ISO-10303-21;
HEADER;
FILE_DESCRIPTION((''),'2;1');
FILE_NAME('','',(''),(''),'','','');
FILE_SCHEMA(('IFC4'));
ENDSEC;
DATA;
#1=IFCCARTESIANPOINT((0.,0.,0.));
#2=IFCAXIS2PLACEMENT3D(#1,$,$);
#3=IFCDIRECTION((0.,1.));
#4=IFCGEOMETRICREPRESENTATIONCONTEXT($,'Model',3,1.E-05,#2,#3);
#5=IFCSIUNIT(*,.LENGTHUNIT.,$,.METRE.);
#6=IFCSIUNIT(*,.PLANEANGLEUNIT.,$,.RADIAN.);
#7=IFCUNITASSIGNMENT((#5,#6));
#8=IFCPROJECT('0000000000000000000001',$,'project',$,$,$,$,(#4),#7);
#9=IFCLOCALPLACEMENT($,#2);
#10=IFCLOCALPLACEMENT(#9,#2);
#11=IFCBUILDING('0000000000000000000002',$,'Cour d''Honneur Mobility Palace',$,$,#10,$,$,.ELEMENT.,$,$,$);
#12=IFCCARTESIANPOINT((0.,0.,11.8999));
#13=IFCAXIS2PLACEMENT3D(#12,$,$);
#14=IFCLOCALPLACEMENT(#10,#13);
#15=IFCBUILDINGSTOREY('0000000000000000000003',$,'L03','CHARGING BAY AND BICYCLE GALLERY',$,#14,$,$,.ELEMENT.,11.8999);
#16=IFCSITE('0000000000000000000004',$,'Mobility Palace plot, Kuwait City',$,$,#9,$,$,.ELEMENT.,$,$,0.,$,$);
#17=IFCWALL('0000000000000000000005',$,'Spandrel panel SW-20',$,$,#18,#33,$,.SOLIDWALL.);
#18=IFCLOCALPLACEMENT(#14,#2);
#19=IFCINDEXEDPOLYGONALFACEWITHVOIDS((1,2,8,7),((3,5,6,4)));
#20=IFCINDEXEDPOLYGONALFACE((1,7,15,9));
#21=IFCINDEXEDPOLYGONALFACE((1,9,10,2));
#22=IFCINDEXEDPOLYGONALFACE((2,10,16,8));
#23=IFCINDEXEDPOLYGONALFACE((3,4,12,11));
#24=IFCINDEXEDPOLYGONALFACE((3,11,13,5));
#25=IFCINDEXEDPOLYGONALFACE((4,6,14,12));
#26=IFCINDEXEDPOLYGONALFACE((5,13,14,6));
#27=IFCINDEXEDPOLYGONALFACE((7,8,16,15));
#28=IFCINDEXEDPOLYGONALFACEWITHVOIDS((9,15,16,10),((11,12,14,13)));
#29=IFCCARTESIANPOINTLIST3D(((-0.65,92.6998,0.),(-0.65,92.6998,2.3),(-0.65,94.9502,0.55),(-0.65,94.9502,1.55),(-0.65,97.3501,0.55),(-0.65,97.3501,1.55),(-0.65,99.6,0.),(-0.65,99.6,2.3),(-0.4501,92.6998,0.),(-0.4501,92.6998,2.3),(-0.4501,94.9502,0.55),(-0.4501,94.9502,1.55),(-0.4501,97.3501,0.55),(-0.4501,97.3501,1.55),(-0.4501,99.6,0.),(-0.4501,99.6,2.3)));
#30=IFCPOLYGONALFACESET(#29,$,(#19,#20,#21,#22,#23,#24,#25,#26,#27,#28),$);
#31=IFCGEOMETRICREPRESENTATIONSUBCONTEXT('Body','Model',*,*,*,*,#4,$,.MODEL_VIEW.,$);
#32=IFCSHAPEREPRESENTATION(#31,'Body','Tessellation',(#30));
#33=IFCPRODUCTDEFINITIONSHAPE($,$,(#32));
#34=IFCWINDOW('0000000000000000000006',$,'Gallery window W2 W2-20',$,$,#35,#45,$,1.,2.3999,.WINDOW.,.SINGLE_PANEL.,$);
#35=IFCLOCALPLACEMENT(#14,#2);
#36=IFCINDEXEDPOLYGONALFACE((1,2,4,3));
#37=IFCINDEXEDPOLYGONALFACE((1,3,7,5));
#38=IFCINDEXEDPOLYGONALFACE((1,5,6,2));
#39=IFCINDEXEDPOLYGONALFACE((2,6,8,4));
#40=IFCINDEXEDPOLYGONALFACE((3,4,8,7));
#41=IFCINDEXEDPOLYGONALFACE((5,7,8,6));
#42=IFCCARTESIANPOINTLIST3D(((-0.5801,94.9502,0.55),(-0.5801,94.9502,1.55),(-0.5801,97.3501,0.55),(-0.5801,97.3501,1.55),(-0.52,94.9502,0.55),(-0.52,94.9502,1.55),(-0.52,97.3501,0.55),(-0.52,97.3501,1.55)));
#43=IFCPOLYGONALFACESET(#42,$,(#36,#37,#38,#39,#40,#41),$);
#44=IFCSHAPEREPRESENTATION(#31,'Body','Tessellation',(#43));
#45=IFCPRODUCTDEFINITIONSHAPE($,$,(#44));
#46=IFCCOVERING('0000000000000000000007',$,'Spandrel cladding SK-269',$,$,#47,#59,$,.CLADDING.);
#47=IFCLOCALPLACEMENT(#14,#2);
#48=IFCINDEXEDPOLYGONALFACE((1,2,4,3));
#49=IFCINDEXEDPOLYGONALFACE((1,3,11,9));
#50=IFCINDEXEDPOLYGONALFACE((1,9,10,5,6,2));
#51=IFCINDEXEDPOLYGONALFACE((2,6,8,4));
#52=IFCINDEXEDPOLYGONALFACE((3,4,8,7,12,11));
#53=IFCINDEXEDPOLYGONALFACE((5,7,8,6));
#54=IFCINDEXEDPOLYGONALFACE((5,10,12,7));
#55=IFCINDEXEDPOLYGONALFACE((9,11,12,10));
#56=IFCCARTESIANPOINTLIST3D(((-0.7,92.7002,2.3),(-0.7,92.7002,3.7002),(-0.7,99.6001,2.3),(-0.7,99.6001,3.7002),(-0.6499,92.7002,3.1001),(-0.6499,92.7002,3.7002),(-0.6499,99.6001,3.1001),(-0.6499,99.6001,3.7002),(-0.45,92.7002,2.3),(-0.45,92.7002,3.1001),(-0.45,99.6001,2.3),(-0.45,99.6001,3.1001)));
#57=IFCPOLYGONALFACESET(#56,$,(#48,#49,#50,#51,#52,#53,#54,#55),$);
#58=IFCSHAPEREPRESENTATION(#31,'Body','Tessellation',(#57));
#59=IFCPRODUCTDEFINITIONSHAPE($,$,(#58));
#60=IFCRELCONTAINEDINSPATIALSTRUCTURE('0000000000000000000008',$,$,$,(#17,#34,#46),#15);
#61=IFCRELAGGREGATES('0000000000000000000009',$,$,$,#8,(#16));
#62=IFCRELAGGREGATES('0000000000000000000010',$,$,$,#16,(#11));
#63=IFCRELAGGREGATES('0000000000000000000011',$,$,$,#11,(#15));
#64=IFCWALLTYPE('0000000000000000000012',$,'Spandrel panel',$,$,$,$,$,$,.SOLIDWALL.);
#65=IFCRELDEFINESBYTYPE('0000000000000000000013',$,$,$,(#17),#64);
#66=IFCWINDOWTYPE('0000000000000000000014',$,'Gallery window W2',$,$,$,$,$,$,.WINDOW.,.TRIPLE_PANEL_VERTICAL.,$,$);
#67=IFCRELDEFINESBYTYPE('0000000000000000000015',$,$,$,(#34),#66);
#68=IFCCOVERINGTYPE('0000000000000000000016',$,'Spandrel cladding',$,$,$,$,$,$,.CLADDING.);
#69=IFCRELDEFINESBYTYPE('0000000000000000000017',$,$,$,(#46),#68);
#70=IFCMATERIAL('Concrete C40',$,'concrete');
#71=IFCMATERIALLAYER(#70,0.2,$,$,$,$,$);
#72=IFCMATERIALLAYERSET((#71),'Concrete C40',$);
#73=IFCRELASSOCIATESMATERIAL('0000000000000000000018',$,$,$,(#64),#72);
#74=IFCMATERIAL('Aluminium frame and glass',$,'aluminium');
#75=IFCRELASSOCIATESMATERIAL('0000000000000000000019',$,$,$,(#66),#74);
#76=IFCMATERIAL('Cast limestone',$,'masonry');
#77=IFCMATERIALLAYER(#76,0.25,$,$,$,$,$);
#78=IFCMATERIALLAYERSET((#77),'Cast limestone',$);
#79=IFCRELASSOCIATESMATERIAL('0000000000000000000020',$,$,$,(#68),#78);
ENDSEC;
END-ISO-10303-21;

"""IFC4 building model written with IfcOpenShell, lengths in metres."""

from ifc_helpers import new_model, si_unit, direction, frame, frame_2d, origin, place, context, subcontext, project, spatial, polyline, rectangle, outline, extrude, material, layer, layer_set, type_object, element, fill, save


model = new_model("IFC4")

# Units and contexts
model_context = context("Model", 3, precision=1e-05, world=origin(), true_north=direction((0.0, 1.0)))
body_context = subcontext(model_context, "Body", "Model", "MODEL_VIEW")
ifc_project = project(units=[si_unit("LENGTHUNIT", "METRE"), si_unit("PLANEANGLEUNIT", "RADIAN")], contexts=[model_context])

# Site, building, storey
site_placement = place(None, origin())
site = spatial("IfcSite", under=ifc_project, at=site_placement, Name="Mobility Palace plot, Kuwait City", CompositionType="ELEMENT", RefElevation=0.0)
building_placement = place(site_placement, origin())
building = spatial("IfcBuilding", under=site, at=building_placement, Name="Cour d'Honneur Mobility Palace", CompositionType="ELEMENT")
storey_placement = place(building_placement, frame((0.0, 0.0, 11.8999)))
storey = spatial("IfcBuildingStorey", under=building, at=storey_placement, Name="L03", Description="CHARGING BAY AND BICYCLE GALLERY", CompositionType="ELEMENT", Elevation=11.8999)

# Wall, opening, window
ifc_material_1 = material(Name="Concrete C40", Category="concrete")
ifc_layer_1 = layer(ifc_material_1, 0.2)
ifc_layer_set_1 = layer_set([ifc_layer_1], Name="Concrete C40")
wall_type_1 = type_object("IfcWallType", Name="Spandrel panel", PredefinedType="SOLIDWALL", material=ifc_layer_set_1)
wall_1_placement = place(storey_placement, frame((-0.55, 99.6001, 0.0), z_axis=(0.0, 0.0, 1.0), x_axis=(0.0, -1.0, 0.0)))
wall_1 = element("IfcWall", 1, at=wall_1_placement, inside=storey, type_object=wall_type_1, Name="Spandrel panel SW-20", PredefinedType="SOLIDWALL", context=body_context, shape_type="SweptSolid", body=[
    extrude(rectangle(XDim=6.9001, YDim=0.2, at=frame_2d((3.4502, 0.0))), origin(), (0.0, 0.0, 1.0), 2.3),
])
opening_1_placement = place(wall_1_placement, frame((2.25, 0.0, 0.55)))
opening_1 = element("IfcOpeningElement", 2, at=opening_1_placement, cuts=wall_1, PredefinedType="OPENING", context=body_context, shape_type="SweptSolid", body=[
    extrude(rectangle(XDim=2.3999, YDim=1.0, at=frame_2d((1.2, 0.5))), frame((0.0, 0.1099, 0.0), z_axis=(0.0, -1.0, 0.0), x_axis=(1.0, 0.0, 0.0)), (0.0, 0.0, 1.0), 0.22),
])
ifc_material_2 = material(Name="Aluminium frame and glass", Category="aluminium")
window_type = type_object("IfcWindowType", Name="Gallery window W2", PartitioningType="TRIPLE_PANEL_VERTICAL", PredefinedType="WINDOW", material=ifc_material_2)
window_placement = place(opening_1_placement, origin())
window = element("IfcWindow", 3, at=window_placement, inside=storey, type_object=window_type, Name="Gallery window W2 W2-20", OverallHeight=1.0, OverallWidth=2.3999, PartitioningType="SINGLE_PANEL", PredefinedType="WINDOW", context=body_context, shape_type="SweptSolid", body=[
    extrude(rectangle(XDim=2.3999, YDim=1.0, at=frame_2d((1.2, 0.5))), frame((0.0, 0.03, 0.0), z_axis=(0.0, -1.0, 0.0), x_axis=(1.0, 0.0, 0.0)), (0.0, 0.0, 1.0), 0.0601),
])
fill(opening_1, window)

# Covering
ifc_material_3 = material(Name="Cast limestone", Category="masonry")
ifc_layer_2 = layer(ifc_material_3, 0.25)
ifc_layer_set_2 = layer_set([ifc_layer_2], Name="Cast limestone")
covering_type = type_object("IfcCoveringType", Name="Spandrel cladding", PredefinedType="CLADDING", material=ifc_layer_set_2)
covering_placement = place(storey_placement, frame((-0.45, 99.6001, 2.3), z_axis=(0.0, 1.0, 0.0), x_axis=(-1.0, 0.0, 0.0)))
element("IfcCovering", 4, at=covering_placement, inside=storey, type_object=covering_type, Name="Spandrel cladding SK-269", PredefinedType="CLADDING", context=body_context, shape_type="SweptSolid", body=[
    extrude(outline(polyline([(0.0, 0.0), (0.25, 0.0), (0.25, 1.4001), (0.2, 1.4001), (0.2, 0.8), (0.0, 0.8), (0.0, 0.0)])), origin(), (0.0, 0.0, -1.0), 6.8999),
])

save(model, "model.ifc")
